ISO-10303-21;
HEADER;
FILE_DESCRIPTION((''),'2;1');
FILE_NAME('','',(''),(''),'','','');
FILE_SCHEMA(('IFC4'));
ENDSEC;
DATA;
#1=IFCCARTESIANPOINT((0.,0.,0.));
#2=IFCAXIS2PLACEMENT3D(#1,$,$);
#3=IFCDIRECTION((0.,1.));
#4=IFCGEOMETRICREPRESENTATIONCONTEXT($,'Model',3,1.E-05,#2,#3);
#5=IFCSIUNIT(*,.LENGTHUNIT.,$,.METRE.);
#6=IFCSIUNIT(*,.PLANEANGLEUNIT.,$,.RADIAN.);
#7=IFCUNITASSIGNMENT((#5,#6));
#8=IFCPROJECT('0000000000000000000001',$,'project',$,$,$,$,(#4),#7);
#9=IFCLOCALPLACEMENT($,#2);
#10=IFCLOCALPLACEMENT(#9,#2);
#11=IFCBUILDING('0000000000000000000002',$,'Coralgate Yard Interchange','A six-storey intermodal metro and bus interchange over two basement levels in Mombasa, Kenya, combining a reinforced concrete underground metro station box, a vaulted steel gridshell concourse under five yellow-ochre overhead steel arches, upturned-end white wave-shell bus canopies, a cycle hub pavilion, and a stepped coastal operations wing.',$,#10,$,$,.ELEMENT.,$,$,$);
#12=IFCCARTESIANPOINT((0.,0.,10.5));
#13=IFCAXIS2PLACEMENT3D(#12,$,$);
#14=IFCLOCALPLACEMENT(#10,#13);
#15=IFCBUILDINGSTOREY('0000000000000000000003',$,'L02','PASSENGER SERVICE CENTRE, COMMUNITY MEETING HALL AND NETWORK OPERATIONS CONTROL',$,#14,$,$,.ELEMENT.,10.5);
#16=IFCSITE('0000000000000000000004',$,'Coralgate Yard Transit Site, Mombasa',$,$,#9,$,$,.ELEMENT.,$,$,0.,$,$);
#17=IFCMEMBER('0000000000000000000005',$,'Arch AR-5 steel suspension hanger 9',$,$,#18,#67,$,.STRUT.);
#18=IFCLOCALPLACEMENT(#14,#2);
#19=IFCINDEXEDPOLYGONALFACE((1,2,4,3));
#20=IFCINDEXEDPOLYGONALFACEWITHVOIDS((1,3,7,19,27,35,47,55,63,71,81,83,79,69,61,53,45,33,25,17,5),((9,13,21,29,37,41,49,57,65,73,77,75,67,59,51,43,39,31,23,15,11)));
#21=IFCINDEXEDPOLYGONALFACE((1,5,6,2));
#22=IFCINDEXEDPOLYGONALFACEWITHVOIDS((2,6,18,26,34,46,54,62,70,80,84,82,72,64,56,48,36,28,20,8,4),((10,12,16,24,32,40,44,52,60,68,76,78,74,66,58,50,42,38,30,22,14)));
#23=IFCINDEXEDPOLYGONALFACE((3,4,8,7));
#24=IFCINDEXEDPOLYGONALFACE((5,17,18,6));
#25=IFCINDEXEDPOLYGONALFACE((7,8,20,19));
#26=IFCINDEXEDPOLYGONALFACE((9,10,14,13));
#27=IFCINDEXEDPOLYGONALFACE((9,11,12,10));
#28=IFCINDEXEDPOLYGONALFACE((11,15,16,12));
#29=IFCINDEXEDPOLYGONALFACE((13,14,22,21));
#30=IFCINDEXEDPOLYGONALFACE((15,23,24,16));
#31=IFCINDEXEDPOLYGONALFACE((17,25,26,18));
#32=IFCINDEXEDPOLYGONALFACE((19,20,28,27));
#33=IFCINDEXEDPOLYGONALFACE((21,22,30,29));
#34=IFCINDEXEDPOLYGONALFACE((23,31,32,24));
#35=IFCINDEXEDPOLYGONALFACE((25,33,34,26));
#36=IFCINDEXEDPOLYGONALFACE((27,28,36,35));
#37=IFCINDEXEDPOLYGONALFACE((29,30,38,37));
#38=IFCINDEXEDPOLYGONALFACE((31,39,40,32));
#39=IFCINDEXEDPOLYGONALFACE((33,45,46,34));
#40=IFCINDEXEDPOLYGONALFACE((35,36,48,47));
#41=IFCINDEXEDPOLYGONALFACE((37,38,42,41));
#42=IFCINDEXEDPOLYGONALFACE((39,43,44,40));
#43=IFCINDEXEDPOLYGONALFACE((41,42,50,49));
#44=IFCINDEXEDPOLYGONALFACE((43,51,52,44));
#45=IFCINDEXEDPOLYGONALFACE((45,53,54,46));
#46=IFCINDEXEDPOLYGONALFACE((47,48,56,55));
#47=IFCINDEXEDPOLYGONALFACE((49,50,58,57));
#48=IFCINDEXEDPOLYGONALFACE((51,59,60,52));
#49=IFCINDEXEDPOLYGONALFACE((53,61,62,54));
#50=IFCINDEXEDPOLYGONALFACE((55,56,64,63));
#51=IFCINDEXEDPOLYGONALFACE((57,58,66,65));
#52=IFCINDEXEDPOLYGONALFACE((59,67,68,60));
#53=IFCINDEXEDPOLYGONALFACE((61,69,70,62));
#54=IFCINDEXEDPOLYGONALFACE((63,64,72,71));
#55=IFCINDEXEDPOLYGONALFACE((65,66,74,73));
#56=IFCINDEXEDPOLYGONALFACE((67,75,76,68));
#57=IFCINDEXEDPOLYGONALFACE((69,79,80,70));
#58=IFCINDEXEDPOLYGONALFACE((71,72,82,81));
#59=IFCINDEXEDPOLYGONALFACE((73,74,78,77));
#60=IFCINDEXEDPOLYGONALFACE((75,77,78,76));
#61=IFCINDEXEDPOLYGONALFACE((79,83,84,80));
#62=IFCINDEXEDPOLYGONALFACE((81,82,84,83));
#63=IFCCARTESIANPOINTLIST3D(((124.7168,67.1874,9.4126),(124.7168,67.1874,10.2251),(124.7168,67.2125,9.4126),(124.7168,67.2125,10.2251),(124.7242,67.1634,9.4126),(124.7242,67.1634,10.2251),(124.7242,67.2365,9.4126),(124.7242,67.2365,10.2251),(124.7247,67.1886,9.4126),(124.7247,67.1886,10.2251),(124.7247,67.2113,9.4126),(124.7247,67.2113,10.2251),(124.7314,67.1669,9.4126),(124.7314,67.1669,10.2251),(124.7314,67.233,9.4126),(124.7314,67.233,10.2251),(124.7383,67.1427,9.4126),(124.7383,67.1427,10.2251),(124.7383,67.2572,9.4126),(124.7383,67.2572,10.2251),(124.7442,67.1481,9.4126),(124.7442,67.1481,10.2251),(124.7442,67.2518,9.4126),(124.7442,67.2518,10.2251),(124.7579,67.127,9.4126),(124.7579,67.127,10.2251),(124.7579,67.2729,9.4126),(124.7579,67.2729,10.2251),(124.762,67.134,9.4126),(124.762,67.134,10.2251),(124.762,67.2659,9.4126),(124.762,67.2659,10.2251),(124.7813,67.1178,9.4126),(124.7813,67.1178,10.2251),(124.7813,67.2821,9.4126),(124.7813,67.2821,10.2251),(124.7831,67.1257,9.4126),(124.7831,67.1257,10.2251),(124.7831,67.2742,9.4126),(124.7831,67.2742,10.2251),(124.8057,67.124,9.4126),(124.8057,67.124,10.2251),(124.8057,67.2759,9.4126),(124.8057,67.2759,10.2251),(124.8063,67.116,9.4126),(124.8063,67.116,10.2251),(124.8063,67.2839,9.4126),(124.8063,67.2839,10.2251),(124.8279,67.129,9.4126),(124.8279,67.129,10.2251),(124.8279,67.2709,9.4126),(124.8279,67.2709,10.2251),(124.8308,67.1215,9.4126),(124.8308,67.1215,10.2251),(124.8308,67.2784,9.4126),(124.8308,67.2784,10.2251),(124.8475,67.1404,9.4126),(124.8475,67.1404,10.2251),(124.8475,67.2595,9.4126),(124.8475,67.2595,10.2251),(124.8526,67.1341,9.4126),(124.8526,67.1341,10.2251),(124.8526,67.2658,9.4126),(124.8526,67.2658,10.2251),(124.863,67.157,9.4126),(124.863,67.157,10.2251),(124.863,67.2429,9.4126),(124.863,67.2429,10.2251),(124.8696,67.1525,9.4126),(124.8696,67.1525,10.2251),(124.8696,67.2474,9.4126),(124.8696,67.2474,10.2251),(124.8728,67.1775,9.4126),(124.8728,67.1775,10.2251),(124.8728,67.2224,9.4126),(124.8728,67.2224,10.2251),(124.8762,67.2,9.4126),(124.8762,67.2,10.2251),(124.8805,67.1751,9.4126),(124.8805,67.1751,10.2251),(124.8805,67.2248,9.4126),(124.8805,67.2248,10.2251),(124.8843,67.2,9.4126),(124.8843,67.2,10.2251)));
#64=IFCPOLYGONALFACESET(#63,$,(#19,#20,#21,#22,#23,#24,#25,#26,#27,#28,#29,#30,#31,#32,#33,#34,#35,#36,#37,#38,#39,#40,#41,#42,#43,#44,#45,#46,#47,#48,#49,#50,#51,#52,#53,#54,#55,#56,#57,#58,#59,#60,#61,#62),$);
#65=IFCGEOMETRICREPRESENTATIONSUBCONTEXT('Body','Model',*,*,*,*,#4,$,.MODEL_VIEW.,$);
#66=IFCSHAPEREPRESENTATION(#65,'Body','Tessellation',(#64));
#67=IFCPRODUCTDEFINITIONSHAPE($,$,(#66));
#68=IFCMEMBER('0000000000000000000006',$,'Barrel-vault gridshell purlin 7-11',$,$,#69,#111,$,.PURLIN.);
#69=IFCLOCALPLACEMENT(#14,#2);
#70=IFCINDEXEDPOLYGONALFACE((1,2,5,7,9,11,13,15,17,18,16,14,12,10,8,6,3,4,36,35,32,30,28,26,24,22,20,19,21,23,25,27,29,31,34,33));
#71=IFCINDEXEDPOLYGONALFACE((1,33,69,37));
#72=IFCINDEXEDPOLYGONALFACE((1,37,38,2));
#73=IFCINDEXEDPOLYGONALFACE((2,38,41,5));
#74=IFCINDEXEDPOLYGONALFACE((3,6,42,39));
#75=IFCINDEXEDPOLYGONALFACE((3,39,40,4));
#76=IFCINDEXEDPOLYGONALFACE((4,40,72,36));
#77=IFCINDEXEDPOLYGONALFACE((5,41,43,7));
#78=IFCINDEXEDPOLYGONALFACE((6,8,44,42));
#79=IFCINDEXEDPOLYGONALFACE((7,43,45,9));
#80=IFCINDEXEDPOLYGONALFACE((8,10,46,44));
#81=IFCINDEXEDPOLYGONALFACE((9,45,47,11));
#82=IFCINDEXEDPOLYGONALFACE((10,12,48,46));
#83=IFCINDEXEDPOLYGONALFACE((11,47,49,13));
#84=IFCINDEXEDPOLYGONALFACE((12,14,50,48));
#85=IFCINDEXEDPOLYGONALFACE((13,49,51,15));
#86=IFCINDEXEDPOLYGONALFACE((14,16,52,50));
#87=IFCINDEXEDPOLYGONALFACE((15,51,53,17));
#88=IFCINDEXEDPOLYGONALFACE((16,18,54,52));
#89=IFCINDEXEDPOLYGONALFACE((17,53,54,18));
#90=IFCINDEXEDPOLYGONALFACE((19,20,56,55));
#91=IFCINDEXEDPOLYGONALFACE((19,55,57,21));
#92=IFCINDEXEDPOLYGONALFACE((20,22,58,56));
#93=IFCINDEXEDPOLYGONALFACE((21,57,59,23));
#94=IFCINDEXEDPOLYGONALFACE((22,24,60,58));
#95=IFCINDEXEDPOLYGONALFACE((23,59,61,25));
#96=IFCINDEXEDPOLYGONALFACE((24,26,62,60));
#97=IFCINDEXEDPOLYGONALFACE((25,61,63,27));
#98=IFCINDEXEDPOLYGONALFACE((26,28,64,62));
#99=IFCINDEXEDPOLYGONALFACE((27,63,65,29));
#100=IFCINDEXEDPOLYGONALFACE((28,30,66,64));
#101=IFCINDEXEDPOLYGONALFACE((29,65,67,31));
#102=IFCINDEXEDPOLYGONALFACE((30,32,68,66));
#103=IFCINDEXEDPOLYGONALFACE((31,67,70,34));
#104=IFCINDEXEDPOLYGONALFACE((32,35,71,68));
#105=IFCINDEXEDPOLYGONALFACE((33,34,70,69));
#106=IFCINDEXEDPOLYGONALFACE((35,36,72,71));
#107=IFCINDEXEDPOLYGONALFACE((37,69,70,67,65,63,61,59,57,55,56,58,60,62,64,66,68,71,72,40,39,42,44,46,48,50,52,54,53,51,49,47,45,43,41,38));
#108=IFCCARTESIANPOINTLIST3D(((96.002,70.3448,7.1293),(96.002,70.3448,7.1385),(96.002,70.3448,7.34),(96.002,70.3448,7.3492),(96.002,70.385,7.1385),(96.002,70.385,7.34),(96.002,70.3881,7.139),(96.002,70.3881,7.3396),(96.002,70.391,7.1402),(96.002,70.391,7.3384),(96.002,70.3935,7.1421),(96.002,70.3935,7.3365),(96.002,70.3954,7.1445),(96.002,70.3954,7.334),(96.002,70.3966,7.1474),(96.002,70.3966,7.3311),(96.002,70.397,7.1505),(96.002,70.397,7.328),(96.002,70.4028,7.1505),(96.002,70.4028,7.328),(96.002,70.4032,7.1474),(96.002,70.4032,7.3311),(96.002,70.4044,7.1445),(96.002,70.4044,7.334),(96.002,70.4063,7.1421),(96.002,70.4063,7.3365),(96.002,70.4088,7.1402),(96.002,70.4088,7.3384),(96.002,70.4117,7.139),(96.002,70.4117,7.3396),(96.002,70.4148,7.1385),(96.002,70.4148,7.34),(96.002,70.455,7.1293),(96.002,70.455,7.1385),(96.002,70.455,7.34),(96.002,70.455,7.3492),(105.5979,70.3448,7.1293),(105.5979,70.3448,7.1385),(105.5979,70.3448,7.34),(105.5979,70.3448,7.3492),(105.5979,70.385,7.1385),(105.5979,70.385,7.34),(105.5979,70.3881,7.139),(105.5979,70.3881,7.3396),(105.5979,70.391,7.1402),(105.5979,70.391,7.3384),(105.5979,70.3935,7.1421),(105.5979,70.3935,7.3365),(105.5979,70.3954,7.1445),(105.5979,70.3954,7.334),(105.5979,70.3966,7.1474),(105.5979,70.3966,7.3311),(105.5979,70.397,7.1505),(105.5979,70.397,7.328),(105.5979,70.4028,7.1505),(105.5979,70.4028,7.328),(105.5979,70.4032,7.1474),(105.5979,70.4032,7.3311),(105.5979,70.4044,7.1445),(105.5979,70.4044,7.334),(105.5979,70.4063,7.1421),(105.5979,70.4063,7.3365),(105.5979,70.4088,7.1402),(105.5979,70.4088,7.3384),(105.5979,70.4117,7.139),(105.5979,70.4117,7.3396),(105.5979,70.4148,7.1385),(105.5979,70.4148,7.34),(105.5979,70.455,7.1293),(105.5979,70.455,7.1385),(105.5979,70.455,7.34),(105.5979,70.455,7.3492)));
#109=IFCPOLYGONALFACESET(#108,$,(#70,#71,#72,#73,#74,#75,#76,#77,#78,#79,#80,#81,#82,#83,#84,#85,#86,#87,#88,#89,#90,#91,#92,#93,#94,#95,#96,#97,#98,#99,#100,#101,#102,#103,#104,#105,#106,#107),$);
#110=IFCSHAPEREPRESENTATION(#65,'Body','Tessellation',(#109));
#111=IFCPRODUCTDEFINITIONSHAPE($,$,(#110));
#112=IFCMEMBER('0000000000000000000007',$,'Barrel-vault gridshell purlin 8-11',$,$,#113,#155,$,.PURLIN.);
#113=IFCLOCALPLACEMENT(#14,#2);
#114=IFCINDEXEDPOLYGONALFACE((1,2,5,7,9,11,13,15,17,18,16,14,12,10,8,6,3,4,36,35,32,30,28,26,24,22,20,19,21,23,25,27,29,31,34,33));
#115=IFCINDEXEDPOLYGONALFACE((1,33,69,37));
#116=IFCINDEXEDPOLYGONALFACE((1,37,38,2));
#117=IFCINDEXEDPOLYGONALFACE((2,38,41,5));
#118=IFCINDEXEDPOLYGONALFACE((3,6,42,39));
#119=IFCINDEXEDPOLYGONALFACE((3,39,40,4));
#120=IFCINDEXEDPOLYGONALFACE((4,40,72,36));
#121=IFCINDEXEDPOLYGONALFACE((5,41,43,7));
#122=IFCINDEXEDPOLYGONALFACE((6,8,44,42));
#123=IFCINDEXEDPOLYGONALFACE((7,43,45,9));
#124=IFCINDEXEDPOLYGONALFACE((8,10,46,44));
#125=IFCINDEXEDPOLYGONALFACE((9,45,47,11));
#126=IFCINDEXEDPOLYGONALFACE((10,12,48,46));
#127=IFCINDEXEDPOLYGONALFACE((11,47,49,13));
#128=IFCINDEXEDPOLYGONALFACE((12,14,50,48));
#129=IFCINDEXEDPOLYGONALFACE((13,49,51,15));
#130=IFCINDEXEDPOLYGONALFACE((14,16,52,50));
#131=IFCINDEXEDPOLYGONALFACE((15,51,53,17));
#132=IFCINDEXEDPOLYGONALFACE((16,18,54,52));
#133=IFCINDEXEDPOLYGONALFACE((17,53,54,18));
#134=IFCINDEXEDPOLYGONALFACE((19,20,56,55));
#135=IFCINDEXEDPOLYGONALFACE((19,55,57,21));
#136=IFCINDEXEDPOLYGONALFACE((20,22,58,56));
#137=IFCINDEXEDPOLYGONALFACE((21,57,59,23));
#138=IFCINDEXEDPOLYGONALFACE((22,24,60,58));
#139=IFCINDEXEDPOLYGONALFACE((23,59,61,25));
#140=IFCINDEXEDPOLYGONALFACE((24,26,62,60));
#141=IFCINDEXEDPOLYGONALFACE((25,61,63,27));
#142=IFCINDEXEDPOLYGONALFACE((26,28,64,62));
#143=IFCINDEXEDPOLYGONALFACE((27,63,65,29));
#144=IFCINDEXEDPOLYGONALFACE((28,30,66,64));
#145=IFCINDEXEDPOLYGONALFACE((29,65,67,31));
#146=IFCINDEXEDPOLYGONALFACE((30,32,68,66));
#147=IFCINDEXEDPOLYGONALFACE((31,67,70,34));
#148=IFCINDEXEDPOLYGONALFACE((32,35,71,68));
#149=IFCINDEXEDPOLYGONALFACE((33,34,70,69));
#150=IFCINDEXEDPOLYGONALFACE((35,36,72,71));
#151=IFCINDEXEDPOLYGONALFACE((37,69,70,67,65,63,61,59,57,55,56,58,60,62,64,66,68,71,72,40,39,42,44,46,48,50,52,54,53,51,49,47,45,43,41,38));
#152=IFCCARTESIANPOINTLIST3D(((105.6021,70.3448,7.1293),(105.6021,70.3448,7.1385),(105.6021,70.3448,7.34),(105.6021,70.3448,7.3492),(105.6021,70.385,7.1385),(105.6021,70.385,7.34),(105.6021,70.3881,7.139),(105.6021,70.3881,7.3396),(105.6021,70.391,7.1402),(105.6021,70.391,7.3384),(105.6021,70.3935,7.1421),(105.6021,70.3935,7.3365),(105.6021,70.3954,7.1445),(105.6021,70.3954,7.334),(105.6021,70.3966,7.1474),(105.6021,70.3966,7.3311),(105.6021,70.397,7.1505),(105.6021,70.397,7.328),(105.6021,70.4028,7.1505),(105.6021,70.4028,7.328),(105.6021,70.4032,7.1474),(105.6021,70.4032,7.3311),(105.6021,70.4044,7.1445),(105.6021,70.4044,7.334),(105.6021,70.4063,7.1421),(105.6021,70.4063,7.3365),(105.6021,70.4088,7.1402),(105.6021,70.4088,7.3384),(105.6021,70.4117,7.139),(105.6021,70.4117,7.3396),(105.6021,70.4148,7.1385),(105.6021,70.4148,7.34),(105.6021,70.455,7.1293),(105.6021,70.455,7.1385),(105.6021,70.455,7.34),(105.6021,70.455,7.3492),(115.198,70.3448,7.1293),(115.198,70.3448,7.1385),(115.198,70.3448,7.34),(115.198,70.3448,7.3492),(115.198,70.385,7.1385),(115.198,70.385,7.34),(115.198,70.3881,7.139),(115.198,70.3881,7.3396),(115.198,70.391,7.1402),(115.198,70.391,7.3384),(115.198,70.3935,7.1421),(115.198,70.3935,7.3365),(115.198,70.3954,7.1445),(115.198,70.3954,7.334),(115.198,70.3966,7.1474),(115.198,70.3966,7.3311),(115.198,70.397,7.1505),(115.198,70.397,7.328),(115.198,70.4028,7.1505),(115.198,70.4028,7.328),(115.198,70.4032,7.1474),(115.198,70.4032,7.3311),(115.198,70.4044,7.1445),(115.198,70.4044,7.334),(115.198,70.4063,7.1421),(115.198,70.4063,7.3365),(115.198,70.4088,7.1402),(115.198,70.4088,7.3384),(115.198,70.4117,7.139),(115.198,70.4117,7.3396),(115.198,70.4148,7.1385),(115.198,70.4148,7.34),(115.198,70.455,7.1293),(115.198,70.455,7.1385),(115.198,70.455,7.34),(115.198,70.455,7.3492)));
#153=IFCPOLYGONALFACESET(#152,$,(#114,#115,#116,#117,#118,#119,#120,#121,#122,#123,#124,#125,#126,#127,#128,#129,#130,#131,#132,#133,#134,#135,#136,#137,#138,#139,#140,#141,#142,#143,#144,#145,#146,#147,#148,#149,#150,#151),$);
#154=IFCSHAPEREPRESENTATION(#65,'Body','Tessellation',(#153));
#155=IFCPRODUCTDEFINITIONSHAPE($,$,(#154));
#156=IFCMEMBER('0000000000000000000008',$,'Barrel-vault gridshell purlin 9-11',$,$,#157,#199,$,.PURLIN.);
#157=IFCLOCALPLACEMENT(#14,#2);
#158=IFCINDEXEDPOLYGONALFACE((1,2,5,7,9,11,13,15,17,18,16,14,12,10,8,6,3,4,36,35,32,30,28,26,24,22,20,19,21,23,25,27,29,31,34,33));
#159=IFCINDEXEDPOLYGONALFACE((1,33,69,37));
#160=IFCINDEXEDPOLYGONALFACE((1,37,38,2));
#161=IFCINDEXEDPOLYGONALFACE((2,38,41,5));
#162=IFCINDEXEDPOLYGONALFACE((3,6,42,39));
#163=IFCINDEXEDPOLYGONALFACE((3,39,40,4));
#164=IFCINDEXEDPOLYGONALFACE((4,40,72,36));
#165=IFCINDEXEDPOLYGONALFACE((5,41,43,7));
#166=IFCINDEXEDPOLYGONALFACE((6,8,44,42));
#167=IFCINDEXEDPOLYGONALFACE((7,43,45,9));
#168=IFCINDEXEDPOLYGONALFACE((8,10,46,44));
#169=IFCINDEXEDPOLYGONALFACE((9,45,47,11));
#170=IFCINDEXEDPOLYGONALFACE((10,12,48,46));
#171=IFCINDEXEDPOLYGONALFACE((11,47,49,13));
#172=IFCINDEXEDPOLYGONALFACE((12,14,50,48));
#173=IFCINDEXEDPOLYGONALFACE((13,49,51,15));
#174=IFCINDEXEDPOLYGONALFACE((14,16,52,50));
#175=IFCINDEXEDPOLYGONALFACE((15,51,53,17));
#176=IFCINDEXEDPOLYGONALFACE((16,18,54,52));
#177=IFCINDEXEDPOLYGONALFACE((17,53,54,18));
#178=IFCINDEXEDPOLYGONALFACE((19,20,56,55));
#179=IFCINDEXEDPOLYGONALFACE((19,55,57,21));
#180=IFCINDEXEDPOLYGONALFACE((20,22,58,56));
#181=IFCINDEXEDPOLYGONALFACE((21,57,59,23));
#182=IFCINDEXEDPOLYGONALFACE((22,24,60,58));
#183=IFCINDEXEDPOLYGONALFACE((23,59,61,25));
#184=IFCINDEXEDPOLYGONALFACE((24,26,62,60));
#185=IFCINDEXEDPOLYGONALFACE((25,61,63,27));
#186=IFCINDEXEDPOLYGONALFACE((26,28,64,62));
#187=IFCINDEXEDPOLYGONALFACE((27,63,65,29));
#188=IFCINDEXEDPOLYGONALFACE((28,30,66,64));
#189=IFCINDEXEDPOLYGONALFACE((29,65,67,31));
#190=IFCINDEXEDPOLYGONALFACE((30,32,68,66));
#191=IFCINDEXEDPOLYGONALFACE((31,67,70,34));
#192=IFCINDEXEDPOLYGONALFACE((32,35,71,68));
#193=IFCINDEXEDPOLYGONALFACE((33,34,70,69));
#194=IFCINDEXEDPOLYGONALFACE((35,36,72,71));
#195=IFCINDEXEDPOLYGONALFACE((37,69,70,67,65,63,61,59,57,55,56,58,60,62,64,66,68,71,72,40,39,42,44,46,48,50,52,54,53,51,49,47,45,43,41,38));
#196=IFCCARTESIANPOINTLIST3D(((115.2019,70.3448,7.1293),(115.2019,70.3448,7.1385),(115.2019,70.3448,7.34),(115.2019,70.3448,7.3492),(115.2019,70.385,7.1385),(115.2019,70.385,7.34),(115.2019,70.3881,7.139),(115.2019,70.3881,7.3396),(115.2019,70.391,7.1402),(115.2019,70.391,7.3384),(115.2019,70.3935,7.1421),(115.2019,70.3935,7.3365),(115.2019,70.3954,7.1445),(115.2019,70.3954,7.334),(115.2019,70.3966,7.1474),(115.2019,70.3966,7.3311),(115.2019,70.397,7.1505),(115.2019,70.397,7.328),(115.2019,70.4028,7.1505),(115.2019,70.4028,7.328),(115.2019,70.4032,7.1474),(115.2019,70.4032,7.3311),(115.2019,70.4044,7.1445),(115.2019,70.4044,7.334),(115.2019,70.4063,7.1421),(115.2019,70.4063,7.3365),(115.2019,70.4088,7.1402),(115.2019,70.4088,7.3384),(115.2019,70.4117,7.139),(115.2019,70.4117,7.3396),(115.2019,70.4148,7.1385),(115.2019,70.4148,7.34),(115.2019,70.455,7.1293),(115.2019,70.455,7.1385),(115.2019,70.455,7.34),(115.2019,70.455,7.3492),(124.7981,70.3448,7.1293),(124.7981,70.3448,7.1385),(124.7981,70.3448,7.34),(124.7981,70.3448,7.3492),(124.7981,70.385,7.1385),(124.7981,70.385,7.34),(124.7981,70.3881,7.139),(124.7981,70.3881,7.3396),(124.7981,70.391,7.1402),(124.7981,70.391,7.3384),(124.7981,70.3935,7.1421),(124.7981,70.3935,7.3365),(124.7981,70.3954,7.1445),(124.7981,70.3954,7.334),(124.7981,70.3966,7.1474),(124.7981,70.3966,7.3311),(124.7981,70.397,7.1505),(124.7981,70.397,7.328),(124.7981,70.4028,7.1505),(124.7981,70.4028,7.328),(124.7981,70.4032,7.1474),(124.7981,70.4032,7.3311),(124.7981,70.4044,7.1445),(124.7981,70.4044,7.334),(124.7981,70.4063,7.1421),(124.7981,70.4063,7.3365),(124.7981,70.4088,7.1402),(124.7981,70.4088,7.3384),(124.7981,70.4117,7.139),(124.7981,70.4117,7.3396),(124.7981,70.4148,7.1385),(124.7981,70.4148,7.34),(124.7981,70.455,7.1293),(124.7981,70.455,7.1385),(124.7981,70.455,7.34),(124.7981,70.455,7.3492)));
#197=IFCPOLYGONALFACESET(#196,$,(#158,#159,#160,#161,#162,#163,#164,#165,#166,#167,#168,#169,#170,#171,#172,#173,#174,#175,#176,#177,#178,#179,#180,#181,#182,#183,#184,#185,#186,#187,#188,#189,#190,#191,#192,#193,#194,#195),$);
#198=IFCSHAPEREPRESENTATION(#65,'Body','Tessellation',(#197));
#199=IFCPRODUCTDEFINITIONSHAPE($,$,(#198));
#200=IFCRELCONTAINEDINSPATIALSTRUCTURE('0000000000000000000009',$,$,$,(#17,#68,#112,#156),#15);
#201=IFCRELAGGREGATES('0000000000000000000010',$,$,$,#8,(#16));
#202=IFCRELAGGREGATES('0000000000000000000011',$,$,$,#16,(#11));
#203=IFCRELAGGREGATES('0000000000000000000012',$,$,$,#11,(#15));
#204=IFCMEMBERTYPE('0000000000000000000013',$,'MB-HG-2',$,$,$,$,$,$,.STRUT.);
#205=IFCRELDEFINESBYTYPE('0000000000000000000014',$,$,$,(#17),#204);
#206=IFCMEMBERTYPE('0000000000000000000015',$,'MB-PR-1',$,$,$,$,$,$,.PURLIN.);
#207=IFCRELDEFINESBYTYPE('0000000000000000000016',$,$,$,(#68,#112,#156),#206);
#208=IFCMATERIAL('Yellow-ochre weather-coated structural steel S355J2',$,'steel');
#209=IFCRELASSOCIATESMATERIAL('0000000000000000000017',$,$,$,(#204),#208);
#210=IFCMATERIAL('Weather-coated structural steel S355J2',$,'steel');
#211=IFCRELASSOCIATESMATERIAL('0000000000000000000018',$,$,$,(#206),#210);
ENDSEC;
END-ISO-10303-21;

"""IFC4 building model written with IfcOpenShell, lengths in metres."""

from ifc_helpers import new_model, si_unit, direction, frame, origin, origin_2d, place, context, subcontext, project, spatial, hollow_circle, i_section, extrude, material, material_profile, profile_set, type_object, element, save


model = new_model("IFC4")

# Units and contexts
model_context = context("Model", 3, precision=1e-05, world=origin(), true_north=direction((0.0, 1.0)))
body_context = subcontext(model_context, "Body", "Model", "MODEL_VIEW")
ifc_project = project(units=[si_unit("LENGTHUNIT", "METRE"), si_unit("PLANEANGLEUNIT", "RADIAN")], contexts=[model_context])

# Site, building, storey
site_placement = place(None, origin())
site = spatial("IfcSite", under=ifc_project, at=site_placement, Name="Coralgate Yard Transit Site, Mombasa", CompositionType="ELEMENT", RefElevation=0.0)
building_placement = place(site_placement, origin())
building = spatial("IfcBuilding", under=site, at=building_placement, Name="Coralgate Yard Interchange", Description="A six-storey intermodal metro and bus interchange over two basement levels in Mombasa, Kenya, combining a reinforced concrete underground metro station box, a vaulted steel gridshell concourse under five yellow-ochre overhead steel arches, upturned-end white wave-shell bus canopies, a cycle hub pavilion, and a stepped coastal operations wing.", CompositionType="ELEMENT")
storey_placement = place(building_placement, frame((0.0, 0.0, 10.5)))
storey = spatial("IfcBuildingStorey", under=building, at=storey_placement, Name="L02", Description="PASSENGER SERVICE CENTRE, COMMUNITY MEETING HALL AND NETWORK OPERATIONS CONTROL", CompositionType="ELEMENT", Elevation=10.5)

# Shared definitions
ifc_material_1 = material(Name="Yellow-ochre weather-coated structural steel S355J2", Category="steel")
ifc_material_2 = material(Name="Weather-coated structural steel S355J2", Category="steel")

# Members
ifc_material_profile_1 = material_profile(ifc_material_1, hollow_circle(Radius=0.0842, WallThickness=0.0081, at=origin_2d()), Name="CHS 168.3x8")
ifc_profile_set_1 = profile_set([ifc_material_profile_1], Name="Yellow-ochre weather-coated structural steel S355J2")
member_type_1 = type_object("IfcMemberType", Name="MB-HG-2", PredefinedType="STRUT", material=ifc_profile_set_1)
member_1_placement = place(storey_placement, frame((124.8, 67.2, 9.4126), z_axis=(0.0, 0.0, 1.0), x_axis=(1.0, 0.0, 0.0)))
element("IfcMember", 1, at=member_1_placement, inside=storey, type_object=member_type_1, Name="Arch AR-5 steel suspension hanger 9", PredefinedType="STRUT", context=body_context, shape_type="SweptSolid", body=[
    extrude(hollow_circle(Radius=0.0842, WallThickness=0.0081, at=origin_2d()), origin(), (0.0, 0.0, 1.0), 0.8125),
])
ifc_material_profile_2 = material_profile(ifc_material_2, i_section(OverallWidth=0.1101, OverallDepth=0.22, WebThickness=0.0059, FlangeThickness=0.0093, FilletRadius=0.012, at=origin_2d()), Name="IPE 220")
ifc_profile_set_2 = profile_set([ifc_material_profile_2], Name="Weather-coated structural steel S355J2")
member_type_2 = type_object("IfcMemberType", Name="MB-PR-1", PredefinedType="PURLIN", material=ifc_profile_set_2)
for number, where, z_axis, x_axis, name in (
    (2, (96.002, 70.3999, 7.2393), (1.0, 0.0, 0.0), (0.0, 1.0, 0.0), "Barrel-vault gridshell purlin 7-11"),
    (3, (105.6021, 70.3999, 7.2393), (1.0, 0.0, 0.0), (0.0, 1.0, 0.0), "Barrel-vault gridshell purlin 8-11"),
):
    element("IfcMember", number, at=place(storey_placement, frame(where, z_axis=z_axis, x_axis=x_axis)), inside=storey, type_object=member_type_2, Name=name, PredefinedType="PURLIN", context=body_context, shape_type="SweptSolid", body=[
        extrude(i_section(OverallWidth=0.1101, OverallDepth=0.22, WebThickness=0.0059, FlangeThickness=0.0093, FilletRadius=0.012, at=origin_2d()), origin(), (0.0, 0.0, 1.0), 9.5959),
    ])
member_2_placement = place(storey_placement, frame((115.2019, 70.3999, 7.2393), z_axis=(1.0, 0.0, 0.0), x_axis=(0.0, 1.0, 0.0)))
element("IfcMember", 4, at=member_2_placement, inside=storey, type_object=member_type_2, Name="Barrel-vault gridshell purlin 9-11", PredefinedType="PURLIN", context=body_context, shape_type="SweptSolid", body=[
    extrude(i_section(OverallWidth=0.1101, OverallDepth=0.22, WebThickness=0.0059, FlangeThickness=0.0093, FilletRadius=0.012, at=origin_2d()), origin(), (0.0, 0.0, 1.0), 9.5962),
])

save(model, "model.ifc")
